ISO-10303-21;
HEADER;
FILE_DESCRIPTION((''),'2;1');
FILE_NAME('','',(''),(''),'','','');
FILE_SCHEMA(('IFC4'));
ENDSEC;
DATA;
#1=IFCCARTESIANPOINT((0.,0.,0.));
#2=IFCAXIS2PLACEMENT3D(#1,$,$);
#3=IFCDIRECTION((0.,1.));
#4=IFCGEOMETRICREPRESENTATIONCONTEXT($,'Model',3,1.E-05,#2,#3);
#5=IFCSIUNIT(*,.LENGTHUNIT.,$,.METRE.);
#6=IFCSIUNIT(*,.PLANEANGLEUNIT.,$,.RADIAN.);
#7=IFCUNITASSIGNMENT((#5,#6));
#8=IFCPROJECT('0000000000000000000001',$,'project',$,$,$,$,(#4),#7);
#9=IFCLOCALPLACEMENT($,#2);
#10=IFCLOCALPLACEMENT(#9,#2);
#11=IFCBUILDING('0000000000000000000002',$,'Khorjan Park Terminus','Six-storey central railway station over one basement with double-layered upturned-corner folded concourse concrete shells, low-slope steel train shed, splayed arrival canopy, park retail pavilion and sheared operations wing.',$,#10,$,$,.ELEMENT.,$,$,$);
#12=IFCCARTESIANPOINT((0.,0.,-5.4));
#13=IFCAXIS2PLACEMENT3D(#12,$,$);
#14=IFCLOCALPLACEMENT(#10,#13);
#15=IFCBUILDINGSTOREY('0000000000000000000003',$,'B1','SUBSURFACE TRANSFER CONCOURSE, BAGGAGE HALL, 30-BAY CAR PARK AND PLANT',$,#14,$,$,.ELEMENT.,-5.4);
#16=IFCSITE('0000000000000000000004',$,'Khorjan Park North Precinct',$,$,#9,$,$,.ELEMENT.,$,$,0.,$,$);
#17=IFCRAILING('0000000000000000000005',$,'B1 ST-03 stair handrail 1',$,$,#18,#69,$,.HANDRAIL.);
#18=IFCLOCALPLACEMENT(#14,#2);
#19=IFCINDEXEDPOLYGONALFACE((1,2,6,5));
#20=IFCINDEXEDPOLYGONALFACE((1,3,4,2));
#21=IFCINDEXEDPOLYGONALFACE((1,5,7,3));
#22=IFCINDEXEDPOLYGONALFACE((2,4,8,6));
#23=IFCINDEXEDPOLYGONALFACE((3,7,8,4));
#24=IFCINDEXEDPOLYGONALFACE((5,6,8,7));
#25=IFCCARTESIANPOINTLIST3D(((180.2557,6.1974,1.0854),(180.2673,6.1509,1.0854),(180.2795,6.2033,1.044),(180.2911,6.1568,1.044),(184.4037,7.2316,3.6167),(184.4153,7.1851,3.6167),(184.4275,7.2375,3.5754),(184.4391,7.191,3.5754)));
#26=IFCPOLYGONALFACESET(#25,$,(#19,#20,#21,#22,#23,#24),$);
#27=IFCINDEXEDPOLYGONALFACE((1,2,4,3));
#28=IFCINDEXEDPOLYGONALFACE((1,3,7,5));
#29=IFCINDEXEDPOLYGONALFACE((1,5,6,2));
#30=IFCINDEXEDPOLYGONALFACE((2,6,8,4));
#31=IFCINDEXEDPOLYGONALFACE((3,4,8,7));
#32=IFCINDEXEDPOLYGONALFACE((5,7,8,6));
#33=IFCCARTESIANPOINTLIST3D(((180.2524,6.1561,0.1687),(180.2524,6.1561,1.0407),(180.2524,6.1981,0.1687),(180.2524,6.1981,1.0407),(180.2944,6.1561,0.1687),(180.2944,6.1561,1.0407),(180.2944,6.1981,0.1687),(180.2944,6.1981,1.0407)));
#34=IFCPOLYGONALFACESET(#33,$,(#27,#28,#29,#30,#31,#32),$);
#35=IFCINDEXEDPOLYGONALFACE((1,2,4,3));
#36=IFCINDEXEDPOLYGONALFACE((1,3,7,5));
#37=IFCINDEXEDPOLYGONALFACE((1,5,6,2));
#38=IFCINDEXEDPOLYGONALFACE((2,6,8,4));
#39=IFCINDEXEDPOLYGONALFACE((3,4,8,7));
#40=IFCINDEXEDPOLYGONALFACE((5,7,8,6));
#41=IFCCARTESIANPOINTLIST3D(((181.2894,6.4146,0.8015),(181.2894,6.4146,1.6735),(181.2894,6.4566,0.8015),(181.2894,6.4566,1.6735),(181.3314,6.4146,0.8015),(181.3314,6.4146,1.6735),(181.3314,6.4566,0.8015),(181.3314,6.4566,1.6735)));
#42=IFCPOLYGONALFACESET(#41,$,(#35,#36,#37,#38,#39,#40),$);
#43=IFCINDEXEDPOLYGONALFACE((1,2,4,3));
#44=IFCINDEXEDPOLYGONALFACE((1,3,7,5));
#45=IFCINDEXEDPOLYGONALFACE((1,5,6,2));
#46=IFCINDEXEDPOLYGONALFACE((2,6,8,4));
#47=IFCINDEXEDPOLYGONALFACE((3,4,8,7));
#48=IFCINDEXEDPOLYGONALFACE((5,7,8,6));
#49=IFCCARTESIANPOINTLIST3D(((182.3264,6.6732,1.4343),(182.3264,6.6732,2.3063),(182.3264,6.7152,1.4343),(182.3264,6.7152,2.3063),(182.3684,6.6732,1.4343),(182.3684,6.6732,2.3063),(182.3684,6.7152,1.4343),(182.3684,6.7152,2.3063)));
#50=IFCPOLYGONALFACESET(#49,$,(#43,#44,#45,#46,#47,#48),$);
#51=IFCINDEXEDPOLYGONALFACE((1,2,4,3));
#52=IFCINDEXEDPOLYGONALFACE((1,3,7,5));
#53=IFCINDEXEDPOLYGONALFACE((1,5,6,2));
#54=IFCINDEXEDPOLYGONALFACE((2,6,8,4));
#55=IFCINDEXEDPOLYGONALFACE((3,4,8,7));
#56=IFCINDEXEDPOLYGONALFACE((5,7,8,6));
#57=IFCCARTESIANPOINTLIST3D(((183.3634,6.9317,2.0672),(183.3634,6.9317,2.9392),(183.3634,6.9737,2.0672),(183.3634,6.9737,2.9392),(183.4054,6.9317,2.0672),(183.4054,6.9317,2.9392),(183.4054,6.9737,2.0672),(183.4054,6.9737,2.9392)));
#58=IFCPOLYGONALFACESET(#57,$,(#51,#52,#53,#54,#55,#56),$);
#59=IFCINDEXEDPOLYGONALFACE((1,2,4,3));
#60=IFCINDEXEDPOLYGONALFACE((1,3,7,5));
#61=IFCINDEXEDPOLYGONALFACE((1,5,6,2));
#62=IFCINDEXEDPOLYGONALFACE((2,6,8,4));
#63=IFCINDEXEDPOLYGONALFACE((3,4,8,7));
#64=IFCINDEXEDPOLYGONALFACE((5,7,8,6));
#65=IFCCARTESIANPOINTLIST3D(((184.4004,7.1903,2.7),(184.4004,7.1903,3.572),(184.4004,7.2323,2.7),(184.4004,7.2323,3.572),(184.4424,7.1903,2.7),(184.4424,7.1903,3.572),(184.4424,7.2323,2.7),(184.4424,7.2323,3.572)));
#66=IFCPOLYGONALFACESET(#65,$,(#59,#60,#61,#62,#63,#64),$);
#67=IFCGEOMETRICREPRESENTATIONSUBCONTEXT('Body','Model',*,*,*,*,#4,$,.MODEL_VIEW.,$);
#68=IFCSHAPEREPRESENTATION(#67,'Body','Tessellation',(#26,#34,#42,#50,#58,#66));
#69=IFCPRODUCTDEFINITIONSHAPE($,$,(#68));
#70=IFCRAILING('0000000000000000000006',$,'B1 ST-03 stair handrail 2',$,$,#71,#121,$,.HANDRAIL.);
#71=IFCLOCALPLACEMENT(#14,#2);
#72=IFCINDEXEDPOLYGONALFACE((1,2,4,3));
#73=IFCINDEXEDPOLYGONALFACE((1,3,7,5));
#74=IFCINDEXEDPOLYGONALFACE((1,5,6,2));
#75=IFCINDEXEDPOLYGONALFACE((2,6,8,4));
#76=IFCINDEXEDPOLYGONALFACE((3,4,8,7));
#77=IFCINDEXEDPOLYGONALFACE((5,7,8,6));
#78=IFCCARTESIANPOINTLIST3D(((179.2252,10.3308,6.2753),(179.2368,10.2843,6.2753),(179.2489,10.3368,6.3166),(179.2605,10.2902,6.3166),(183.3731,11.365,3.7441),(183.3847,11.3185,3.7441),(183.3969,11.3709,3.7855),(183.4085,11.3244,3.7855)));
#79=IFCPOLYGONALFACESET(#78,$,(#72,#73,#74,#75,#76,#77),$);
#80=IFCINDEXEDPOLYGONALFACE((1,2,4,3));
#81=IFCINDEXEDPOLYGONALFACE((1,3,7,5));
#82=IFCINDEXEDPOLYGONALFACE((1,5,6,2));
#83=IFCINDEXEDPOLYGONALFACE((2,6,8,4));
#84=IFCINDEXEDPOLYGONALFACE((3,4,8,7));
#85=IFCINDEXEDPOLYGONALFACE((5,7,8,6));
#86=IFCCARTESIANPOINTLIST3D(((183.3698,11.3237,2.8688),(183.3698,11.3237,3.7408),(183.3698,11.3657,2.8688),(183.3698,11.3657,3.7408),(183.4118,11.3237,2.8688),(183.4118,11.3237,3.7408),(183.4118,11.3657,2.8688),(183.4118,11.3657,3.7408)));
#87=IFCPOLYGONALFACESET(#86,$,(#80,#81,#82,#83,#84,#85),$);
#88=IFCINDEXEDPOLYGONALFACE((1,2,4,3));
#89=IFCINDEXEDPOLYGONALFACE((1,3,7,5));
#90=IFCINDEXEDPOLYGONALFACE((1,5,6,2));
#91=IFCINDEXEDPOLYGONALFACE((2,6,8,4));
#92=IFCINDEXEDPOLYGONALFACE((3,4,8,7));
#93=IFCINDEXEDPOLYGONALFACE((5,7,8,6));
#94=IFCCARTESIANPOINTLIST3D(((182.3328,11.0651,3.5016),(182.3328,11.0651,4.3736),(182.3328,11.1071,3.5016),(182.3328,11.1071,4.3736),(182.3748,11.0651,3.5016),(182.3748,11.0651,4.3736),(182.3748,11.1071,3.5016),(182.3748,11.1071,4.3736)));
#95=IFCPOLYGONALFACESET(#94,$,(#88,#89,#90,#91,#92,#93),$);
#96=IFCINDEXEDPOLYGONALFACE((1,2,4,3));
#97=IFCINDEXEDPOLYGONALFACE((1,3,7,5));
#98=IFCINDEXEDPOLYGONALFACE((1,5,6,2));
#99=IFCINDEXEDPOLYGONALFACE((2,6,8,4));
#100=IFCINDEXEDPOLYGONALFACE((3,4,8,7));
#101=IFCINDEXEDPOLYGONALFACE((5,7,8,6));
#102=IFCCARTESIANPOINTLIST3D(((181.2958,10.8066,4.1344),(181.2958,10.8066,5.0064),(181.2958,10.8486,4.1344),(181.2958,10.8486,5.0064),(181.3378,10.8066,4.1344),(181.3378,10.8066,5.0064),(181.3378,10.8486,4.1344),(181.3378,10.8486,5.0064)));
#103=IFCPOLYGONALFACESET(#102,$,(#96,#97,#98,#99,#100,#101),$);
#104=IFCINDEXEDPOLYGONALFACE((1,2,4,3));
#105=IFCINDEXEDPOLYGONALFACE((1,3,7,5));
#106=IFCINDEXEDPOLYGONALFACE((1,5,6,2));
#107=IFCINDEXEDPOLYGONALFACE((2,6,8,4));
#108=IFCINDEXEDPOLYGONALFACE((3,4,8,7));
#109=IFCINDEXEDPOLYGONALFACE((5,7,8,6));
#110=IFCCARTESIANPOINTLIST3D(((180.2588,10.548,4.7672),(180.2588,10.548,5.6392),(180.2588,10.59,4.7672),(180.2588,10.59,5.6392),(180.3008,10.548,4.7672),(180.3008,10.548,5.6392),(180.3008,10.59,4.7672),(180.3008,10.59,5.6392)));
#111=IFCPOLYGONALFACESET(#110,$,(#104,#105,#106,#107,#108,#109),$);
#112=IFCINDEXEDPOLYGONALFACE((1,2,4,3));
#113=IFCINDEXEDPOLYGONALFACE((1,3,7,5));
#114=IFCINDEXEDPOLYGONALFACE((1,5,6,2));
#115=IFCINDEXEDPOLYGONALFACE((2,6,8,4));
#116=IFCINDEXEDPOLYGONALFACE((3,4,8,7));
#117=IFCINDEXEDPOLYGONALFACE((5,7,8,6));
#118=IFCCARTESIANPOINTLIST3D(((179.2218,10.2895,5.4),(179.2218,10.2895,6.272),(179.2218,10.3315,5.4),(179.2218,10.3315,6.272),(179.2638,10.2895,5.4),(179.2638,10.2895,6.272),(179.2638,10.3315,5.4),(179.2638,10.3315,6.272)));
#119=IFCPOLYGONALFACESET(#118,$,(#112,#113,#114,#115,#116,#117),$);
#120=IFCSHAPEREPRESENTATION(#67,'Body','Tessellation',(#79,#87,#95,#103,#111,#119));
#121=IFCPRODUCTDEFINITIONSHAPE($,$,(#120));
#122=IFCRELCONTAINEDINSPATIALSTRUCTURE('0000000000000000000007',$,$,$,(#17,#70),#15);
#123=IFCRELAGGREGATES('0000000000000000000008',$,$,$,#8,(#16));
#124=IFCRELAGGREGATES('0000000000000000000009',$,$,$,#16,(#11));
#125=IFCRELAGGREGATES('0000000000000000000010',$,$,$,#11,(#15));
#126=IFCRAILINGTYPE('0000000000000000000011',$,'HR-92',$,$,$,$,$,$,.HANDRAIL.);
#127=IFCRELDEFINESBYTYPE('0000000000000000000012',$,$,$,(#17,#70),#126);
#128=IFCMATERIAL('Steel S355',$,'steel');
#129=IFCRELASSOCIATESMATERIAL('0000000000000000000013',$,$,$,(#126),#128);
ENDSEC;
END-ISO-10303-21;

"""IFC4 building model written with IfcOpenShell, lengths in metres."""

from ifc_helpers import new_model, si_unit, direction, frame, origin, origin_2d, place, context, subcontext, project, spatial, rectangle, extrude, material, type_object, element, save


model = new_model("IFC4")

# Units and contexts
model_context = context("Model", 3, precision=1e-05, world=origin(), true_north=direction((0.0, 1.0)))
body_context = subcontext(model_context, "Body", "Model", "MODEL_VIEW")
ifc_project = project(units=[si_unit("LENGTHUNIT", "METRE"), si_unit("PLANEANGLEUNIT", "RADIAN")], contexts=[model_context])

# Site, building, storey
site_placement = place(None, origin())
site = spatial("IfcSite", under=ifc_project, at=site_placement, Name="Khorjan Park North Precinct", CompositionType="ELEMENT", RefElevation=0.0)
building_placement = place(site_placement, origin())
building = spatial("IfcBuilding", under=site, at=building_placement, Name="Khorjan Park Terminus", Description="Six-storey central railway station over one basement with double-layered upturned-corner folded concourse concrete shells, low-slope steel train shed, splayed arrival canopy, park retail pavilion and sheared operations wing.", CompositionType="ELEMENT")
storey_placement = place(building_placement, frame((0.0, 0.0, -5.4)))
storey = spatial("IfcBuildingStorey", under=building, at=storey_placement, Name="B1", Description="SUBSURFACE TRANSFER CONCOURSE, BAGGAGE HALL, 30-BAY CAR PARK AND PLANT", CompositionType="ELEMENT", Elevation=-5.4)

# Railings
ifc_material_1 = material(Name="Steel S355", Category="steel")
railing_type_1 = type_object("IfcRailingType", Name="HR-92", PredefinedType="HANDRAIL", material=ifc_material_1)
railing_1_placement = place(storey_placement, frame((180.2734, 6.1771, 0.1687)))
element("IfcRailing", 1, at=railing_1_placement, inside=storey, type_object=railing_type_1, Name="B1 ST-03 stair handrail 1", PredefinedType="HANDRAIL", context=body_context, shape_type="SweptSolid", body=[
    extrude(rectangle(XDim=0.048, YDim=0.048, at=origin_2d()), frame((0.0, 0.0, 0.896), z_axis=(0.834911, 0.208164, 0.509501), x_axis=(-0.241919, 0.970296, 0.0)), (0.0, 0.0, 1.0), 4.9682),
    extrude(rectangle(XDim=0.042, YDim=0.042, at=origin_2d()), origin(), (0.0, 0.0, 1.0), 0.872),
    extrude(rectangle(XDim=0.042, YDim=0.042, at=origin_2d()), frame((1.037, 0.2585, 0.6328)), (0.0, 0.0, 1.0), 0.872),
    extrude(rectangle(XDim=0.042, YDim=0.042, at=origin_2d()), frame((2.074, 0.5171, 1.2656)), (0.0, 0.0, 1.0), 0.872),
    extrude(rectangle(XDim=0.042, YDim=0.042, at=origin_2d()), frame((3.111, 0.7756, 1.8985)), (0.0, 0.0, 1.0), 0.872),
    extrude(rectangle(XDim=0.042, YDim=0.042, at=origin_2d()), frame((4.148, 1.0342, 2.5313)), (0.0, 0.0, 1.0), 0.872),
])
railing_2_placement = place(storey_placement, frame((183.3908, 11.3447, 2.8688)))
element("IfcRailing", 2, at=railing_2_placement, inside=storey, type_object=railing_type_1, Name="B1 ST-03 stair handrail 2", PredefinedType="HANDRAIL", context=body_context, shape_type="SweptSolid", body=[
    extrude(rectangle(XDim=0.048, YDim=0.048, at=origin_2d()), frame((0.0, 0.0, 0.896), z_axis=(-0.83492, -0.208166, 0.509486), x_axis=(0.241919, -0.970296, 0.0)), (0.0, 0.0, 1.0), 4.9681),
    extrude(rectangle(XDim=0.042, YDim=0.042, at=origin_2d()), origin(), (0.0, 0.0, 1.0), 0.872),
    extrude(rectangle(XDim=0.042, YDim=0.042, at=origin_2d()), frame((-1.037, -0.2586, 0.6328)), (0.0, 0.0, 1.0), 0.872),
    extrude(rectangle(XDim=0.042, YDim=0.042, at=origin_2d()), frame((-2.074, -0.5171, 1.2656)), (0.0, 0.0, 1.0), 0.872),
    extrude(rectangle(XDim=0.042, YDim=0.042, at=origin_2d()), frame((-3.111, -0.7757, 1.8984)), (0.0, 0.0, 1.0), 0.872),
    extrude(rectangle(XDim=0.042, YDim=0.042, at=origin_2d()), frame((-4.148, -1.0342, 2.5312)), (0.0, 0.0, 1.0), 0.872),
])

save(model, "model.ifc")
